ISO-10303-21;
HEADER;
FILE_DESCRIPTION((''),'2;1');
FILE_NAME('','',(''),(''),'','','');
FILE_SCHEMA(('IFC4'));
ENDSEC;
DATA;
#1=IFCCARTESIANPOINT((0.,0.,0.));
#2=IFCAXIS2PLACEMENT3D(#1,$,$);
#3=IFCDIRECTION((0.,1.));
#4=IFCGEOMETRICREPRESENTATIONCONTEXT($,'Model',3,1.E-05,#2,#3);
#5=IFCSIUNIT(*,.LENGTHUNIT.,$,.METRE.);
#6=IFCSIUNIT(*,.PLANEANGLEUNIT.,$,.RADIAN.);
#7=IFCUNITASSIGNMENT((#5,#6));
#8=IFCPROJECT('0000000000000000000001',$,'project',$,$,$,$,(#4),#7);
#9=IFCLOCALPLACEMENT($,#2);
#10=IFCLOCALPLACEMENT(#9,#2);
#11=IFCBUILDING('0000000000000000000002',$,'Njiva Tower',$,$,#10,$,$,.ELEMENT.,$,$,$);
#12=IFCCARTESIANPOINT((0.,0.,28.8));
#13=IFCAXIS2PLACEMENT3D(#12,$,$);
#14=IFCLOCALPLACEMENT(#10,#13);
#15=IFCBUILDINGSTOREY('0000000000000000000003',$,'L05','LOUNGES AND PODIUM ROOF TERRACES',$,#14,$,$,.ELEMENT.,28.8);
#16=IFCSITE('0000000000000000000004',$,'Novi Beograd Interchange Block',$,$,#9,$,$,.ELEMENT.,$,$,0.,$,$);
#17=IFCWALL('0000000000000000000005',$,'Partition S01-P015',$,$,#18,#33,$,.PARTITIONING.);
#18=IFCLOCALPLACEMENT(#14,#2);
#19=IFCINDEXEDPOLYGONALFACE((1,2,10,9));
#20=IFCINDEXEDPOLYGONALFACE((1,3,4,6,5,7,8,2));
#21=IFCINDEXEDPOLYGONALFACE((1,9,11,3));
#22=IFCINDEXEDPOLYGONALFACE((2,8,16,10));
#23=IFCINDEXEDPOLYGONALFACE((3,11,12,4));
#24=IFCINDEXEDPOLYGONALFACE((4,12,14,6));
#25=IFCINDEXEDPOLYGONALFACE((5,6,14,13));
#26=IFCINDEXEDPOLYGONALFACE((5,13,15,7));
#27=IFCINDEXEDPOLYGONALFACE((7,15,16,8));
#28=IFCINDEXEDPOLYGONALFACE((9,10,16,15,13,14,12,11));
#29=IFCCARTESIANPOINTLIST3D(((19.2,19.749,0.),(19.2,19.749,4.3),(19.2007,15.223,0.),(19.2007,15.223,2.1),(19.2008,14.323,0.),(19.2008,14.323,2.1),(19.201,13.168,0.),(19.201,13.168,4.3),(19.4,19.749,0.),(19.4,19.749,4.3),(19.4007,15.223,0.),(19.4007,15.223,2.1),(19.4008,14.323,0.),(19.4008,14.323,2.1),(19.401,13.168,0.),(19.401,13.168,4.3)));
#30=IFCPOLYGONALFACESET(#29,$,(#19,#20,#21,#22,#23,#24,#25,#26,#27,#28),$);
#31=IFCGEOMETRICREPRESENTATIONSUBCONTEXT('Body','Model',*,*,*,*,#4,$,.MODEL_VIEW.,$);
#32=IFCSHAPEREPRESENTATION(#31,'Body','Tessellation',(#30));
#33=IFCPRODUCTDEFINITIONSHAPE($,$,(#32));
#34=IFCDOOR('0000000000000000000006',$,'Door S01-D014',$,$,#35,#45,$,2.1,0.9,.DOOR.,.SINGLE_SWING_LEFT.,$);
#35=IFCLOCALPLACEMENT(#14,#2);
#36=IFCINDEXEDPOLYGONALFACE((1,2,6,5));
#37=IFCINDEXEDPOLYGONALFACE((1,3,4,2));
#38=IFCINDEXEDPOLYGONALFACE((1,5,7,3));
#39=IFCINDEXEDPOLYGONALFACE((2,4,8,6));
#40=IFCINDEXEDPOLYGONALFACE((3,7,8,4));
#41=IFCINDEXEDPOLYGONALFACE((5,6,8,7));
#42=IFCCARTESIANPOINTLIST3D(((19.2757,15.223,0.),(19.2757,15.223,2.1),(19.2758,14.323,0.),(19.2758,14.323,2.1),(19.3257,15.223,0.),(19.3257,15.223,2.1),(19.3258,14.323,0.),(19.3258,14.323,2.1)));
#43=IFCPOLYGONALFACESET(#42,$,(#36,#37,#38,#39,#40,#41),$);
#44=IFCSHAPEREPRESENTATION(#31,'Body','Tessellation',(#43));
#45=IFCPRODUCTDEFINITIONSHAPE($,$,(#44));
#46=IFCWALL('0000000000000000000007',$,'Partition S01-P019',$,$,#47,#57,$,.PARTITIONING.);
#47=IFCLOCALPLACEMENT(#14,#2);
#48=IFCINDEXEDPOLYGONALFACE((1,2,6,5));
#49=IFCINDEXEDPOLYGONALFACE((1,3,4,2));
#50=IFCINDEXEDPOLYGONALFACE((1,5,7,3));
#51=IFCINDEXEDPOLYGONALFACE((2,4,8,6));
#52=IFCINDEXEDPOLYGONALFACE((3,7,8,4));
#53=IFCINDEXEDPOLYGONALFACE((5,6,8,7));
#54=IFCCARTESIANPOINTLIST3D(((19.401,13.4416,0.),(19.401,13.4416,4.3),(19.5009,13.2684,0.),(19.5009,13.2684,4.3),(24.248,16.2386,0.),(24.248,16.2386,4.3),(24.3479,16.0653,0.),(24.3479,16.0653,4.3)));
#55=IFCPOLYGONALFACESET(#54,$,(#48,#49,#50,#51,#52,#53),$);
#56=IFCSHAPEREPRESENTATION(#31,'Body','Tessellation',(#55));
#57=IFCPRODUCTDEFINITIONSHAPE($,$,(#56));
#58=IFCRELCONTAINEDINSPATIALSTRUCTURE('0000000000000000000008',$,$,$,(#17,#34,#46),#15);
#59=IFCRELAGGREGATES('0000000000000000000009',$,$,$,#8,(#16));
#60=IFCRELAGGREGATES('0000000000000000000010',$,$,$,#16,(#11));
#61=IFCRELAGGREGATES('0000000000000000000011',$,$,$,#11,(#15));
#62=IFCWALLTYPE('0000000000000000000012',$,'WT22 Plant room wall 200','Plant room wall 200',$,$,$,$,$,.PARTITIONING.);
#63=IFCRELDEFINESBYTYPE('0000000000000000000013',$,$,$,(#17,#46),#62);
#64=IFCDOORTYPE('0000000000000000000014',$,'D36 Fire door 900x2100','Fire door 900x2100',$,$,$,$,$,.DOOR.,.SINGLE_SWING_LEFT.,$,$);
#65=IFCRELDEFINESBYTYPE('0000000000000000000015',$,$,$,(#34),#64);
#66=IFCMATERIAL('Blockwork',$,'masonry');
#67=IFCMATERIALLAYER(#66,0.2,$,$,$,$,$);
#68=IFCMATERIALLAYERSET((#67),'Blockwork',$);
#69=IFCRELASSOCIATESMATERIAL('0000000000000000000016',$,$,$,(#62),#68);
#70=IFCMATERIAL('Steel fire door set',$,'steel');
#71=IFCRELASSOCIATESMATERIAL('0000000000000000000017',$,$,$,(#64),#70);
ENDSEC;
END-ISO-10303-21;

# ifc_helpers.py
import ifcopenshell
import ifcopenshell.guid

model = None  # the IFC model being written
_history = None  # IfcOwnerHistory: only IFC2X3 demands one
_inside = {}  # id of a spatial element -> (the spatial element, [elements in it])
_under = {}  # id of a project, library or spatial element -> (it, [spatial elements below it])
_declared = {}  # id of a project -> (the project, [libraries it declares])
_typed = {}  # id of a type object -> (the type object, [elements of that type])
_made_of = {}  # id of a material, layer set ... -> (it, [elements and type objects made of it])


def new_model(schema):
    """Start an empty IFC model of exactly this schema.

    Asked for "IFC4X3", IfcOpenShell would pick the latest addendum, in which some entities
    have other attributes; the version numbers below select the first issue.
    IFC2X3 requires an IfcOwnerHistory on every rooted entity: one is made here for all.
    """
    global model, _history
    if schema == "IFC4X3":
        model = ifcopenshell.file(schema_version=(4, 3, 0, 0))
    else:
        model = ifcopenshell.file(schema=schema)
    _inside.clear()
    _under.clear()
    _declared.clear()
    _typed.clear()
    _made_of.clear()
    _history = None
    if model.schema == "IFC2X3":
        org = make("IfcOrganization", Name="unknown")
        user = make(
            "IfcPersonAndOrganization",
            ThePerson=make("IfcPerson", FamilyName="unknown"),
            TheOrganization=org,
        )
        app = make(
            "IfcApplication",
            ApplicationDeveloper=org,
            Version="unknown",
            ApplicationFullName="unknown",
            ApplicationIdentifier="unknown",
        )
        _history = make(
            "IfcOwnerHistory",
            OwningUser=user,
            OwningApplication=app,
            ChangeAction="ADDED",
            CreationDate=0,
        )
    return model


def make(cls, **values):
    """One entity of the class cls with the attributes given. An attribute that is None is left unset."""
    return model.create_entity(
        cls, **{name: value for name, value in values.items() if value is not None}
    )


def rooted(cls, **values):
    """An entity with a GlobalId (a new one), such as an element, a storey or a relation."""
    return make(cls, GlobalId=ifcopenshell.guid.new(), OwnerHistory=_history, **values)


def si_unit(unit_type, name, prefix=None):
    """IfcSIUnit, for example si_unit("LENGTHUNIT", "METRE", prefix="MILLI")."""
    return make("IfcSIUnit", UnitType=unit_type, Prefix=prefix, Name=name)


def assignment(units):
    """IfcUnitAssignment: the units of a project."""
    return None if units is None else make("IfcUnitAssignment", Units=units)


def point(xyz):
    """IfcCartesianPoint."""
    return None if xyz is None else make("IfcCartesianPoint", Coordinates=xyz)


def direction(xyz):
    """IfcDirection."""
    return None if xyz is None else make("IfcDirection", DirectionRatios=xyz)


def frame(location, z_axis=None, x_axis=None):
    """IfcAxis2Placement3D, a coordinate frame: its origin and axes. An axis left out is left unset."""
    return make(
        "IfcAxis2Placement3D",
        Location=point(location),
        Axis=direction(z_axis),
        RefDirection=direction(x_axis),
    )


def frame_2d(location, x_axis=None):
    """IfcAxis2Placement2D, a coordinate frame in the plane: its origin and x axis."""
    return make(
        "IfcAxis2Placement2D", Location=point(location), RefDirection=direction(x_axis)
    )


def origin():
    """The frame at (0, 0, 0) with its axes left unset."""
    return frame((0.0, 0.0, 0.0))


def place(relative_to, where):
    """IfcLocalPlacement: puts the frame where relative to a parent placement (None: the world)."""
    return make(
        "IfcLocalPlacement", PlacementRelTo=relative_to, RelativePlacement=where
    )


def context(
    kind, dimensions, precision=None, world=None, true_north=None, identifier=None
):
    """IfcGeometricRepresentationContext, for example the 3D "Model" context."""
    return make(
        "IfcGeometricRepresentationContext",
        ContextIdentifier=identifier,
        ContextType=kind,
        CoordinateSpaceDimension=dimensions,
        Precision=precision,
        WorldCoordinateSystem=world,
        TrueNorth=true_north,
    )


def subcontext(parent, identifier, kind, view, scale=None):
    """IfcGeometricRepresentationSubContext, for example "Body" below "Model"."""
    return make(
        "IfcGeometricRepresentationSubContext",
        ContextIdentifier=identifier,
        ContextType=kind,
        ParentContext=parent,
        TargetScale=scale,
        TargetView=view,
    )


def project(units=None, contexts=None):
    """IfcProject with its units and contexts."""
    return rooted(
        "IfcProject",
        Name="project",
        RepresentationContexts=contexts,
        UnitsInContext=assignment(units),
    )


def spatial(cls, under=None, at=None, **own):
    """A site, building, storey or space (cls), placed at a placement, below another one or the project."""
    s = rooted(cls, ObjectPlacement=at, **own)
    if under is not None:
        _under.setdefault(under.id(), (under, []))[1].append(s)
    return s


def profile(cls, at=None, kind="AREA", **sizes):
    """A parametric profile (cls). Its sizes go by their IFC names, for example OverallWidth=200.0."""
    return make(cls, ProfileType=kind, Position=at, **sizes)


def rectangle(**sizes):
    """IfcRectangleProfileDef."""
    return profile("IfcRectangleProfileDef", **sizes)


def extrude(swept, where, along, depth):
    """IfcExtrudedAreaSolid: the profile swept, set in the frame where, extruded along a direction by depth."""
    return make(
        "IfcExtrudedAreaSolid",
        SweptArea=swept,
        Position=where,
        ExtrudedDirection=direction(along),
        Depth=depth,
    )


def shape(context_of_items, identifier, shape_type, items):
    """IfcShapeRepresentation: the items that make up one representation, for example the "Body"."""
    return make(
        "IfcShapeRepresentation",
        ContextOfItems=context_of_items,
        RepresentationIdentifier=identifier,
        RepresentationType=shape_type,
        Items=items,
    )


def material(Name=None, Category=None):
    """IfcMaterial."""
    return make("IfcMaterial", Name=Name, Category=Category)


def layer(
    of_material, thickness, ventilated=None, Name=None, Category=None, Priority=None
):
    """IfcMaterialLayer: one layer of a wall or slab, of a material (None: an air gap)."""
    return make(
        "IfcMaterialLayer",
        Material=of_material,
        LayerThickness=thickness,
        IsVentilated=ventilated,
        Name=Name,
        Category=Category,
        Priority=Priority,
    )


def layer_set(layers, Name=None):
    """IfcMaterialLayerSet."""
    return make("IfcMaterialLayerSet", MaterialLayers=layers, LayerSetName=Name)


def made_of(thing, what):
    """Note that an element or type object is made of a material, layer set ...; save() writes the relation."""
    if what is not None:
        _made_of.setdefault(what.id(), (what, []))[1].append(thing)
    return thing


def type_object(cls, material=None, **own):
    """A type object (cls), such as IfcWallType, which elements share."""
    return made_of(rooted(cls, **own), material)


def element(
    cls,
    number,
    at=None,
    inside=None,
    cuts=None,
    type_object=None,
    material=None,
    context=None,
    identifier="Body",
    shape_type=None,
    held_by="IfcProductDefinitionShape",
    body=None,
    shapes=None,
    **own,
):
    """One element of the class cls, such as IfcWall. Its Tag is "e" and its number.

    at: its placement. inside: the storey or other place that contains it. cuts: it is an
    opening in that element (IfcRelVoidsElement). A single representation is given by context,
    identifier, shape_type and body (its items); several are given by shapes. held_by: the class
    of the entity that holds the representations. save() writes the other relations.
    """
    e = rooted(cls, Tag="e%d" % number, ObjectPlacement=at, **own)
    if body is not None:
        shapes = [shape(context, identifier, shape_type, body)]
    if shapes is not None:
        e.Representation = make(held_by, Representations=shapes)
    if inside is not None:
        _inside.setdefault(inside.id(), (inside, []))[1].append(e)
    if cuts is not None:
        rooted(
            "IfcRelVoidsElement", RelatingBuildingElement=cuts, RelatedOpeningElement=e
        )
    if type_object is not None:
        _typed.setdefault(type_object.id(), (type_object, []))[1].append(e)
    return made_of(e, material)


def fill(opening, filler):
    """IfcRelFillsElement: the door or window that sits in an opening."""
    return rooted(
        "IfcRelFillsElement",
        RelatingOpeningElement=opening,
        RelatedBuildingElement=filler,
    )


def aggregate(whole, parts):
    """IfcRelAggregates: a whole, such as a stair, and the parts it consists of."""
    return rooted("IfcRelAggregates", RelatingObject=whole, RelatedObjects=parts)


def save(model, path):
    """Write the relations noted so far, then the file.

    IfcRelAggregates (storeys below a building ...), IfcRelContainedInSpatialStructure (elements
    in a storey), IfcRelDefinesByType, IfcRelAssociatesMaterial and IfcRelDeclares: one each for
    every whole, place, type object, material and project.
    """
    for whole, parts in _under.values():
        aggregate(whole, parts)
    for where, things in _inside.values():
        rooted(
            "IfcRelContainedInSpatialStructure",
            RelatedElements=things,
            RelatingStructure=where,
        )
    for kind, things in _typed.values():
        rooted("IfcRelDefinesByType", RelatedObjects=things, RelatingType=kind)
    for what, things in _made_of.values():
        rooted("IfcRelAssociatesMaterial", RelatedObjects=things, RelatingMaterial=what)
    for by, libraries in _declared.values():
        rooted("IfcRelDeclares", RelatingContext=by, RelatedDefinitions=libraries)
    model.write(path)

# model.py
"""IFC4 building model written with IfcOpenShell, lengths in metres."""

from ifc_helpers import new_model, si_unit, direction, frame, frame_2d, origin, place, context, subcontext, project, spatial, rectangle, extrude, material, layer, layer_set, type_object, element, fill, save


model = new_model("IFC4")

# Units and contexts
model_context = context("Model", 3, precision=1e-05, world=origin(), true_north=direction((0.0, 1.0)))
body_context = subcontext(model_context, "Body", "Model", "MODEL_VIEW")
ifc_project = project(units=[si_unit("LENGTHUNIT", "METRE"), si_unit("PLANEANGLEUNIT", "RADIAN")], contexts=[model_context])

# Site, building, storey
site_placement = place(None, origin())
site = spatial("IfcSite", under=ifc_project, at=site_placement, Name="Novi Beograd Interchange Block", CompositionType="ELEMENT", RefElevation=0.0)
building_placement = place(site_placement, origin())
building = spatial("IfcBuilding", under=site, at=building_placement, Name="Njiva Tower", CompositionType="ELEMENT")
storey_placement = place(building_placement, frame((0.0, 0.0, 28.8)))
storey = spatial("IfcBuildingStorey", under=building, at=storey_placement, Name="L05", Description="LOUNGES AND PODIUM ROOF TERRACES", CompositionType="ELEMENT", Elevation=28.8)

# Wall, opening, door
ifc_material_1 = material(Name="Blockwork", Category="masonry")
ifc_layer_1 = layer(ifc_material_1, 0.2)
ifc_layer_set_1 = layer_set([ifc_layer_1], Name="Blockwork")
wall_type_1 = type_object("IfcWallType", Name="WT22 Plant room wall 200", Description="Plant room wall 200", PredefinedType="PARTITIONING", material=ifc_layer_set_1)
wall_1_placement = place(storey_placement, frame((19.3, 19.749, 0.0), z_axis=(0.0, 0.0, 1.0), x_axis=(0.000152, -1.0, 0.0)))
wall_1 = element("IfcWall", 1, at=wall_1_placement, inside=storey, type_object=wall_type_1, Name="Partition S01-P015", PredefinedType="PARTITIONING", context=body_context, shape_type="SweptSolid", body=[
    extrude(rectangle(XDim=6.581, YDim=0.2, at=frame_2d((3.2905, 0.0))), origin(), (0.0, 0.0, 1.0), 4.3),
])
opening_1_placement = place(wall_1_placement, frame((4.526, 0.0, 0.0)))
opening_1 = element("IfcOpeningElement", 2, at=opening_1_placement, cuts=wall_1, PredefinedType="OPENING", context=body_context, shape_type="SweptSolid", body=[
    extrude(rectangle(XDim=0.9, YDim=2.1, at=frame_2d((0.45, 1.05))), frame((0.0, 0.11, 0.0), z_axis=(0.0, -1.0, 0.0), x_axis=(1.0, 0.0, 0.0)), (0.0, 0.0, 1.0), 0.22),
])
ifc_material_2 = material(Name="Steel fire door set", Category="steel")
door_type = type_object("IfcDoorType", Name="D36 Fire door 900x2100", Description="Fire door 900x2100", OperationType="SINGLE_SWING_LEFT", PredefinedType="DOOR", material=ifc_material_2)
door_placement = place(opening_1_placement, origin())
door = element("IfcDoor", 3, at=door_placement, inside=storey, type_object=door_type, Name="Door S01-D014", OperationType="SINGLE_SWING_LEFT", OverallHeight=2.1, OverallWidth=0.9, PredefinedType="DOOR", context=body_context, shape_type="SweptSolid", body=[
    extrude(rectangle(XDim=0.9, YDim=2.1, at=frame_2d((0.45, 1.05))), frame((0.0, 0.025, 0.0), z_axis=(0.0, -1.0, 0.0), x_axis=(1.0, 0.0, 0.0)), (0.0, 0.0, 1.0), 0.05),
])
fill(opening_1, door)

# Wall
wall_2_placement = place(storey_placement, frame((19.451, 13.355, 0.0), z_axis=(0.0, 0.0, 1.0), x_axis=(0.866135, 0.49981, 0.0)))
element("IfcWall", 4, at=wall_2_placement, inside=storey, type_object=wall_type_1, Name="Partition S01-P019", PredefinedType="PARTITIONING", context=body_context, shape_type="SweptSolid", body=[
    extrude(rectangle(XDim=5.5961, YDim=0.2, at=frame_2d((2.798, 0.0))), origin(), (0.0, 0.0, 1.0), 4.3),
])

save(model, "model.ifc")
